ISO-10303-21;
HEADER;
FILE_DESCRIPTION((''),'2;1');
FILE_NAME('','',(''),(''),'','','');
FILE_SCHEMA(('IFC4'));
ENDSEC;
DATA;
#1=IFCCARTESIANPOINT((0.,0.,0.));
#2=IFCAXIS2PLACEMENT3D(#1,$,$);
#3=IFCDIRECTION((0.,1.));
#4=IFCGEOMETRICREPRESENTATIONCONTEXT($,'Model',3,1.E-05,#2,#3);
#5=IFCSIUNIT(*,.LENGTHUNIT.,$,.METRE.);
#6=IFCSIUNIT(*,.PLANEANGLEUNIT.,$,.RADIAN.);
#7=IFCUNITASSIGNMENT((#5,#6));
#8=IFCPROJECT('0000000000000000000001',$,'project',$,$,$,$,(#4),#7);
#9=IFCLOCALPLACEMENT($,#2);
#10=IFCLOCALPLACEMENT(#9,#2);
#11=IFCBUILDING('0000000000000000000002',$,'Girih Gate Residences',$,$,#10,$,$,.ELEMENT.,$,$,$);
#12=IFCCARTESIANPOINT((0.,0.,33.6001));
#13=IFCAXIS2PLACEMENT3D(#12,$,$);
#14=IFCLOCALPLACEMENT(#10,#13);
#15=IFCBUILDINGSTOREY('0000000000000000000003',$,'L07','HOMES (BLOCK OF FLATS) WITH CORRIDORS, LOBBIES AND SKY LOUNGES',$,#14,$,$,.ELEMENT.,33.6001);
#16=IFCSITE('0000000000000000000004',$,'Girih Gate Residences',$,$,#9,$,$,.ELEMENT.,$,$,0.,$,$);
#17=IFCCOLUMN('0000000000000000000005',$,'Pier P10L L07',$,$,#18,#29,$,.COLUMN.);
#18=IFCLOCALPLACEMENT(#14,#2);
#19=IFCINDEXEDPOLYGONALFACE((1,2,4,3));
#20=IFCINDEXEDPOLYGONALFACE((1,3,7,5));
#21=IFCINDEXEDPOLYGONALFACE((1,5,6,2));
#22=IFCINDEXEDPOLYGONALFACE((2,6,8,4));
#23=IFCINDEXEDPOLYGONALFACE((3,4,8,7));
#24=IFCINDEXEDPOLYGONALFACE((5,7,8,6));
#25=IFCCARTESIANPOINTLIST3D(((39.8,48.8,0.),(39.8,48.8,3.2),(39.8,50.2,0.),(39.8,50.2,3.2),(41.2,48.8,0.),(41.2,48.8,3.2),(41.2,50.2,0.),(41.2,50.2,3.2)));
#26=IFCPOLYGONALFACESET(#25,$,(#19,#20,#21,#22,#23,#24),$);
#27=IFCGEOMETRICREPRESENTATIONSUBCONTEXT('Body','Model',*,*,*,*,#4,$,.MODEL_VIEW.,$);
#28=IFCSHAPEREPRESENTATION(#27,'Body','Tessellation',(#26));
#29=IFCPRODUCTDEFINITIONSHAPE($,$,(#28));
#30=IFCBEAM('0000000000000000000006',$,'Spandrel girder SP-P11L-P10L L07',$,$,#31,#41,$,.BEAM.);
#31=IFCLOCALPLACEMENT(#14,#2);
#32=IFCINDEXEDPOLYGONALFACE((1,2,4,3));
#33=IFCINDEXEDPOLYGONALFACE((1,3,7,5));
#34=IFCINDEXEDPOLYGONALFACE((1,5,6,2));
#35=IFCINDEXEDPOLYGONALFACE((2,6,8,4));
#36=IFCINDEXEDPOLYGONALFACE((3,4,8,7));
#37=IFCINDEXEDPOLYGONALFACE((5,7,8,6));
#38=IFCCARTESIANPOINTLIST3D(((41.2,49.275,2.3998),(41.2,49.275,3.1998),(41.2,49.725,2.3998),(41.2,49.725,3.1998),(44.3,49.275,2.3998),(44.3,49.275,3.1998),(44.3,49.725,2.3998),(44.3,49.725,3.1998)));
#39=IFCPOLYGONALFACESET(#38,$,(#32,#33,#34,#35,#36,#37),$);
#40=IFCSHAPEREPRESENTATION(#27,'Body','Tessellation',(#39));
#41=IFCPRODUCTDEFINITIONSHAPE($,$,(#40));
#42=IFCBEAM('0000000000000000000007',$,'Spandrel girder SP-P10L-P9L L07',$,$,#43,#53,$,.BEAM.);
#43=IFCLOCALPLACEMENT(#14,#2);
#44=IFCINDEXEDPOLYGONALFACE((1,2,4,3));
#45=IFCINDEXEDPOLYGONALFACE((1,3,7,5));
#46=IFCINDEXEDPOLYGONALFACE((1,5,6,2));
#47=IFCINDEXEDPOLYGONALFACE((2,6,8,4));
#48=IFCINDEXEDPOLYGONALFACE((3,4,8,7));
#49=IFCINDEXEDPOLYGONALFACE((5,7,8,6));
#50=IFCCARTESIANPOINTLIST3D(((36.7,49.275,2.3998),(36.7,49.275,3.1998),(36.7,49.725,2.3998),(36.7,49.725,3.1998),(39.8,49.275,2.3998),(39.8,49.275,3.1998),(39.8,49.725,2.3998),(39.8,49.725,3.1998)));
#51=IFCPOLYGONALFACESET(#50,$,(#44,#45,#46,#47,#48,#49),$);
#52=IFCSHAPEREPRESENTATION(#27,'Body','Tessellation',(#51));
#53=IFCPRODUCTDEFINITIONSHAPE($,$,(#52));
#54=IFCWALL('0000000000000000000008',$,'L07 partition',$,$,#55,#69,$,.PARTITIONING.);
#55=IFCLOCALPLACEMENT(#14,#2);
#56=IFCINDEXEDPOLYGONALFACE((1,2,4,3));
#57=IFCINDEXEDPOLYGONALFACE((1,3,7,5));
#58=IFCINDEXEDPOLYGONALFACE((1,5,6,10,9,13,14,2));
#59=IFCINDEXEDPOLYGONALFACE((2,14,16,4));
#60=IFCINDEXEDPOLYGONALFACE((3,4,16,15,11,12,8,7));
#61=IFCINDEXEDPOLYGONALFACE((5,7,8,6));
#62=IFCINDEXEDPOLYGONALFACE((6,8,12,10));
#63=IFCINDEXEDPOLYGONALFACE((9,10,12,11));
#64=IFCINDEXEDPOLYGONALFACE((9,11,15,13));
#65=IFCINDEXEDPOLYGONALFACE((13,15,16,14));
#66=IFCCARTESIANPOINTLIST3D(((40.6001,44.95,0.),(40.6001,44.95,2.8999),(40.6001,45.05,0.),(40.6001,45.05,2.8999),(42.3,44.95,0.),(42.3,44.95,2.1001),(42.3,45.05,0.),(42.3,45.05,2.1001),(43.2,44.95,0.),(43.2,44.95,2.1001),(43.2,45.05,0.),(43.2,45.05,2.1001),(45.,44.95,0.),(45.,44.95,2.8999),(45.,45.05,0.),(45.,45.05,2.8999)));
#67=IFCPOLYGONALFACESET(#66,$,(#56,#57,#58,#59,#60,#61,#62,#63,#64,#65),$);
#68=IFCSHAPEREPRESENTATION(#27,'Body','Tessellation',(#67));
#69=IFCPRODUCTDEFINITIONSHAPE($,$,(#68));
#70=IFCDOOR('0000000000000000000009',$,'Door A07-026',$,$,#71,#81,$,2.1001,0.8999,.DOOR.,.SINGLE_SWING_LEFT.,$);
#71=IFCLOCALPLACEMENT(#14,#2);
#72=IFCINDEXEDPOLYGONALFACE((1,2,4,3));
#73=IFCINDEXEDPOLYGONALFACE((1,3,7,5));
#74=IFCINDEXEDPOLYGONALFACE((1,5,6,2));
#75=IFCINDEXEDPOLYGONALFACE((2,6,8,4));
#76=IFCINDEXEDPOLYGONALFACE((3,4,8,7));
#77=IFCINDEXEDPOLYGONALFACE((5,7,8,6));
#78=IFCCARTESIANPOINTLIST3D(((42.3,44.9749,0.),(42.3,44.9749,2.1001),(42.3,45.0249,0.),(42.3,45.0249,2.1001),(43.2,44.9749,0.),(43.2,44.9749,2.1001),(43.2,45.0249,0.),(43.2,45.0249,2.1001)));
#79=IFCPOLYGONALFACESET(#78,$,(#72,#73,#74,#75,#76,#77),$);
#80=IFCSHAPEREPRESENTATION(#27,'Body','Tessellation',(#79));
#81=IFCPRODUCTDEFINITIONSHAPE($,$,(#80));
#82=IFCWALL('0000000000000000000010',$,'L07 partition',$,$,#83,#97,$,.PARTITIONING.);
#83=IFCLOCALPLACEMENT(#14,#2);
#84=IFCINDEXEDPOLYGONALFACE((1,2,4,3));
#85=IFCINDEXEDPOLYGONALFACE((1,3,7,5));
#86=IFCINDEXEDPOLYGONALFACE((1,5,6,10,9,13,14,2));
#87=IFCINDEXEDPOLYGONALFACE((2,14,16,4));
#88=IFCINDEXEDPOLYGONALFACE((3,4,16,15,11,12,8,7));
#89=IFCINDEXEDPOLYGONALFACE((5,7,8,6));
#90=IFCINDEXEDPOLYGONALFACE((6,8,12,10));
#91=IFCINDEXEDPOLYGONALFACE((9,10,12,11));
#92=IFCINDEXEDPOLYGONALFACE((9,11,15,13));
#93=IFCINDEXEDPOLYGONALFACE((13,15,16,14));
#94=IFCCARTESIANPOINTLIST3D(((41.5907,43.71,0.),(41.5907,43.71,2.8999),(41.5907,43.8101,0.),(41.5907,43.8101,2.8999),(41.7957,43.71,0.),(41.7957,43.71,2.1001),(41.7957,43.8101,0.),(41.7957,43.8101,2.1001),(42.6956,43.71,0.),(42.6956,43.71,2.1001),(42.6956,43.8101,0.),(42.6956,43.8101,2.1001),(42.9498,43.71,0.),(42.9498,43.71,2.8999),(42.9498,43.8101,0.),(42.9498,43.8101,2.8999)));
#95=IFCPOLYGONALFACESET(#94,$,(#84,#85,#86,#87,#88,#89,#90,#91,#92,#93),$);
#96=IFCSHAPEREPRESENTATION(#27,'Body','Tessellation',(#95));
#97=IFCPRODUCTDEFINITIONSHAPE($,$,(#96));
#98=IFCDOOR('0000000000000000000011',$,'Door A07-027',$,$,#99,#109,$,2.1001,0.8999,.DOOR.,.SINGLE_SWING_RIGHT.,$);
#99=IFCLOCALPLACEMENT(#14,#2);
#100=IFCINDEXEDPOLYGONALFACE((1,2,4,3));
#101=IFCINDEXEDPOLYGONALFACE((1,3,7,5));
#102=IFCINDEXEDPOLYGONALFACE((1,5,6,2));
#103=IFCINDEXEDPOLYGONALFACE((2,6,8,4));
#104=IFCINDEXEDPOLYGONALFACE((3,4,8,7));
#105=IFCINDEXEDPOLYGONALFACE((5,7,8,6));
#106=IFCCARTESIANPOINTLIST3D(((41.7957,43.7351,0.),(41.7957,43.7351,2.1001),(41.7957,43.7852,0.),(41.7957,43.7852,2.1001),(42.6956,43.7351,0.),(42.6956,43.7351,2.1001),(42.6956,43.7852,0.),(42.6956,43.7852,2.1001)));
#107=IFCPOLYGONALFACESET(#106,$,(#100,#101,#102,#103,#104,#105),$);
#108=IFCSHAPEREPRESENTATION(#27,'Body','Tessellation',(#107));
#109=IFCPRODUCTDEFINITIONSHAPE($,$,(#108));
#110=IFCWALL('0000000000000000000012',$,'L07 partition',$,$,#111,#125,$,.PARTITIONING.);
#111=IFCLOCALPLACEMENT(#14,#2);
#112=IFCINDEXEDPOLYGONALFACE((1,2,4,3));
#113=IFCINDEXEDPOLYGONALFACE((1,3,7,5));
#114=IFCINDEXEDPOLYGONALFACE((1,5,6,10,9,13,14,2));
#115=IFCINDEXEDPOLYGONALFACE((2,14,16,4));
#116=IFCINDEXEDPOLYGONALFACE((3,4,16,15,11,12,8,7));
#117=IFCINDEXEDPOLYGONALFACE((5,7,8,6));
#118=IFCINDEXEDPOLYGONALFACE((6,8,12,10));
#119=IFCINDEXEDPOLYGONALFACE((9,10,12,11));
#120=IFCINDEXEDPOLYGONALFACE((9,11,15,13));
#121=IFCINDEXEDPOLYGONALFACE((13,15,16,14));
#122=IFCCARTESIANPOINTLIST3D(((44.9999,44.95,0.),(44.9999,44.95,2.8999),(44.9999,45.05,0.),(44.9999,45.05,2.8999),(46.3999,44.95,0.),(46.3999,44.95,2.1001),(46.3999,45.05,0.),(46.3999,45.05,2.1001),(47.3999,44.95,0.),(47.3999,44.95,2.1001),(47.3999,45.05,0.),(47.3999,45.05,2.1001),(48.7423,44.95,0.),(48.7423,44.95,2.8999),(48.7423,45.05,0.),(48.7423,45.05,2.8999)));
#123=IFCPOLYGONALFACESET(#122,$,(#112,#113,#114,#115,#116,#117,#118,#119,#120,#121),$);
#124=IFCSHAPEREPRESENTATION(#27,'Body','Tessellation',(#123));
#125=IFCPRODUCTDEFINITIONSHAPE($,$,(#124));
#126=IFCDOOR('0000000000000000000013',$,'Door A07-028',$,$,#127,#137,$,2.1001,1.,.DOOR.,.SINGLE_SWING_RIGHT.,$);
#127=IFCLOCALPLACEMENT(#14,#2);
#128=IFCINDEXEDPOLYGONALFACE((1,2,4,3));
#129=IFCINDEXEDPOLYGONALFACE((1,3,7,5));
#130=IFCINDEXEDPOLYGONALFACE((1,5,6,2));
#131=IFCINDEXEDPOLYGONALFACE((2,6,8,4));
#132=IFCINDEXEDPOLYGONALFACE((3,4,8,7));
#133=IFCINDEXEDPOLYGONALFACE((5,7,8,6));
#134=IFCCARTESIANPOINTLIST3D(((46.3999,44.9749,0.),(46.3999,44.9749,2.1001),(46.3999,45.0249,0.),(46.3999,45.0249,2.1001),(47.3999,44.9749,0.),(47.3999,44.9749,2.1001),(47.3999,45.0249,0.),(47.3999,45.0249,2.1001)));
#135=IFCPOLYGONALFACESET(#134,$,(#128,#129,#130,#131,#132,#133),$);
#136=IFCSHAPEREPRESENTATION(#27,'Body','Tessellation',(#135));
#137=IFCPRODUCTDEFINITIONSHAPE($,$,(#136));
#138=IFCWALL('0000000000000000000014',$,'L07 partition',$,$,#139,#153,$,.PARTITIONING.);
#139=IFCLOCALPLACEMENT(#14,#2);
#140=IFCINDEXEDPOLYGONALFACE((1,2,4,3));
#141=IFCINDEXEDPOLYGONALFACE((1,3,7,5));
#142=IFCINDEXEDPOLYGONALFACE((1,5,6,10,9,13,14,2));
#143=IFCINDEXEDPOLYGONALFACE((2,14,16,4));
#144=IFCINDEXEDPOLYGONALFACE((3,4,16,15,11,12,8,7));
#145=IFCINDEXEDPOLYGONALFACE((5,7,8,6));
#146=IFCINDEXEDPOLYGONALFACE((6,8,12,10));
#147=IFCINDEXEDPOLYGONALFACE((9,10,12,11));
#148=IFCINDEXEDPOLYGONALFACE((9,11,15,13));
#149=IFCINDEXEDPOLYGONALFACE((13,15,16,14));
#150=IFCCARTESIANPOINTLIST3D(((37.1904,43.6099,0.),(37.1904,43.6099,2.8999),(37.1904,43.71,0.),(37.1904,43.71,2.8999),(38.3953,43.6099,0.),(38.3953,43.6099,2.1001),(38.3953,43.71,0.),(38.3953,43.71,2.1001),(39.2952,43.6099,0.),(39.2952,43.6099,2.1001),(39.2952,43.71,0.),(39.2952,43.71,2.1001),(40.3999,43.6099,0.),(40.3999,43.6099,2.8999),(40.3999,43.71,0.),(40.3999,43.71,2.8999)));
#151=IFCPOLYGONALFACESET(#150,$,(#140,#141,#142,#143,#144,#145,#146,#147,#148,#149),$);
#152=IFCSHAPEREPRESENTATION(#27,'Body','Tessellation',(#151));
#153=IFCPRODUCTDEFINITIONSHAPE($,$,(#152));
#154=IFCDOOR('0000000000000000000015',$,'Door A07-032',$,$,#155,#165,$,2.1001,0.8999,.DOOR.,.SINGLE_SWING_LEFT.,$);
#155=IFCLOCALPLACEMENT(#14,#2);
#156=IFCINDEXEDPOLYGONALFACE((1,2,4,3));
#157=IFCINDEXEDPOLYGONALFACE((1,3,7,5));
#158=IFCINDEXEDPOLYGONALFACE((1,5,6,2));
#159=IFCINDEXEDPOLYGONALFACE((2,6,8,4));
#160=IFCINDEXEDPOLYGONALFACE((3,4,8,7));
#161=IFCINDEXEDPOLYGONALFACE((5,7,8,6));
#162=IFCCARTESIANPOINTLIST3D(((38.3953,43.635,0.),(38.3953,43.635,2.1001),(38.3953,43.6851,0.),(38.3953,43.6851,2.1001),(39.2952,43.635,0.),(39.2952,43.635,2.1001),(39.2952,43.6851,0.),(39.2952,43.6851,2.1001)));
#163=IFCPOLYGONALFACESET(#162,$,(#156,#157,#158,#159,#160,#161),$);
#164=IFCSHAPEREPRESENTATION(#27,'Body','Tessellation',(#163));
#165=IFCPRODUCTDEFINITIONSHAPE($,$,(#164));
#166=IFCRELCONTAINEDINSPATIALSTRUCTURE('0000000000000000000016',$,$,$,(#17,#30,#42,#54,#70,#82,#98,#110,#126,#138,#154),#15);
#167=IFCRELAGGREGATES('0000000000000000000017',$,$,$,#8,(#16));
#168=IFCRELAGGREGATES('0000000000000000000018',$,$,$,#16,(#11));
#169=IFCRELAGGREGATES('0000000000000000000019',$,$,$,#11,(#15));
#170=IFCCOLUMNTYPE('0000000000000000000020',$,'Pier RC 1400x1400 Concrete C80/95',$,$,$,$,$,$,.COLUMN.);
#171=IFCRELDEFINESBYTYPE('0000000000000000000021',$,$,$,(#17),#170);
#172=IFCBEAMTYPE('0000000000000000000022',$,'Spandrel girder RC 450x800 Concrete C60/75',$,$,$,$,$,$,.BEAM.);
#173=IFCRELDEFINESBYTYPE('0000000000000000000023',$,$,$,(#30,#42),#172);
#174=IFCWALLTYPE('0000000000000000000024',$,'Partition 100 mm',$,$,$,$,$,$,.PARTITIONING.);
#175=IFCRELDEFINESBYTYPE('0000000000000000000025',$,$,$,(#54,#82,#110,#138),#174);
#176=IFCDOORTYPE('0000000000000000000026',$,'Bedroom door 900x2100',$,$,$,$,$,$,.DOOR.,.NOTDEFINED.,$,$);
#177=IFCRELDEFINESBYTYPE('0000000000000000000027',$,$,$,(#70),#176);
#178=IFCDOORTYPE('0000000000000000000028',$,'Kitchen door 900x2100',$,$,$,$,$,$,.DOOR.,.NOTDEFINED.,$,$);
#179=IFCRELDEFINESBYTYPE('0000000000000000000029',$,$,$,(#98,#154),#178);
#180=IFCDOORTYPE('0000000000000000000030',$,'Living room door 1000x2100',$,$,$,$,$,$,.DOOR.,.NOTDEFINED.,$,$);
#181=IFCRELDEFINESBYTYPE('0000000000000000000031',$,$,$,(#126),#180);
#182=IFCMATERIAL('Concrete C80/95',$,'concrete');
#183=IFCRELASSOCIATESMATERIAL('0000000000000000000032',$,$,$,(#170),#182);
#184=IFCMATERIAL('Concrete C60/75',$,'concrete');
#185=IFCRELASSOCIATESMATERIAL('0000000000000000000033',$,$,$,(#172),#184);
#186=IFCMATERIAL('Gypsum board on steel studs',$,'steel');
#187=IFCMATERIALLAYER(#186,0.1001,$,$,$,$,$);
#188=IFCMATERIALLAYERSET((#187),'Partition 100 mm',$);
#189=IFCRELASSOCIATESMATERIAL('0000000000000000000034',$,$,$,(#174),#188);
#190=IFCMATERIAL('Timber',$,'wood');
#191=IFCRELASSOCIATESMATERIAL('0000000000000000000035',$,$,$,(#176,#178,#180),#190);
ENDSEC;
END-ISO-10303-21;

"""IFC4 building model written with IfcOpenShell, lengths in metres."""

from ifc_helpers import new_model, si_unit, direction, frame, frame_2d, origin, origin_2d, place, context, subcontext, project, spatial, rectangle, extrude, material, layer, layer_set, material_profile, profile_set, type_object, element, fill, save


model = new_model("IFC4")

# Units and contexts
model_context = context("Model", 3, precision=1e-05, world=origin(), true_north=direction((0.0, 1.0)))
body_context = subcontext(model_context, "Body", "Model", "MODEL_VIEW")
ifc_project = project(units=[si_unit("LENGTHUNIT", "METRE"), si_unit("PLANEANGLEUNIT", "RADIAN")], contexts=[model_context])

# Site, building, storey
site_placement = place(None, origin())
site = spatial("IfcSite", under=ifc_project, at=site_placement, Name="Girih Gate Residences", CompositionType="ELEMENT", RefElevation=0.0)
building_placement = place(site_placement, origin())
building = spatial("IfcBuilding", under=site, at=building_placement, Name="Girih Gate Residences", CompositionType="ELEMENT")
storey_placement = place(building_placement, frame((0.0, 0.0, 33.6001)))
storey = spatial("IfcBuildingStorey", under=building, at=storey_placement, Name="L07", Description="HOMES (BLOCK OF FLATS) WITH CORRIDORS, LOBBIES AND SKY LOUNGES", CompositionType="ELEMENT", Elevation=33.6001)

# Column
ifc_material_1 = material(Name="Concrete C80/95", Category="concrete")
ifc_material_profile_1 = material_profile(ifc_material_1, rectangle(XDim=1.3999, YDim=1.3999, at=origin_2d()))
ifc_profile_set_1 = profile_set([ifc_material_profile_1], Name="Concrete C80/95")
column_type = type_object("IfcColumnType", Name="Pier RC 1400x1400 Concrete C80/95", PredefinedType="COLUMN", material=ifc_profile_set_1)
column_placement = place(storey_placement, frame((40.5, 49.5, 0.0), z_axis=(0.0, 0.0, 1.0), x_axis=(1.0, 0.0, 0.0)))
element("IfcColumn", 1, at=column_placement, inside=storey, type_object=column_type, Name="Pier P10L L07", PredefinedType="COLUMN", context=body_context, shape_type="SweptSolid", body=[
    extrude(rectangle(XDim=1.3999, YDim=1.3999, at=origin_2d()), origin(), (0.0, 0.0, 1.0), 3.2),
])

# Beams
ifc_material_2 = material(Name="Concrete C60/75", Category="concrete")
ifc_material_profile_2 = material_profile(ifc_material_2, rectangle(XDim=0.45, YDim=0.8, at=origin_2d()))
ifc_profile_set_2 = profile_set([ifc_material_profile_2], Name="Concrete C60/75")
beam_type = type_object("IfcBeamType", Name="Spandrel girder RC 450x800 Concrete C60/75", PredefinedType="BEAM", material=ifc_profile_set_2)
for number, where, z_axis, x_axis, name in (
    (2, (44.3, 49.5, 2.7998), (-1.0, 0.0, 0.0), (0.0, -1.0, 0.0), "Spandrel girder SP-P11L-P10L L07"),
    (3, (39.8, 49.5, 2.7998), (-1.0, 0.0, 0.0), (0.0, -1.0, 0.0), "Spandrel girder SP-P10L-P9L L07"),
):
    element("IfcBeam", number, at=place(storey_placement, frame(where, z_axis=z_axis, x_axis=x_axis)), inside=storey, type_object=beam_type, Name=name, PredefinedType="BEAM", context=body_context, shape_type="SweptSolid", body=[
        extrude(rectangle(XDim=0.45, YDim=0.8, at=origin_2d()), origin(), (0.0, 0.0, 1.0), 3.1001),
    ])

# Walls, openings, doors
ifc_material_3 = material(Name="Gypsum board on steel studs", Category="steel")
ifc_layer_1 = layer(ifc_material_3, 0.1001)
ifc_layer_set_1 = layer_set([ifc_layer_1], Name="Partition 100 mm")
wall_type_1 = type_object("IfcWallType", Name="Partition 100 mm", PredefinedType="PARTITIONING", material=ifc_layer_set_1)
wall_1_placement = place(storey_placement, frame((40.6001, 45.0, 0.0), z_axis=(0.0, 0.0, 1.0), x_axis=(1.0, 0.0, 0.0)))
wall_1 = element("IfcWall", 4, at=wall_1_placement, inside=storey, type_object=wall_type_1, Name="L07 partition", PredefinedType="PARTITIONING", context=body_context, shape_type="SweptSolid", body=[
    extrude(rectangle(XDim=4.3999, YDim=0.1001, at=frame_2d((2.2, 0.0))), origin(), (0.0, 0.0, 1.0), 2.8999),
])
opening_1_placement = place(wall_1_placement, frame((1.7, 0.0, 0.0)))
opening_1 = element("IfcOpeningElement", 5, at=opening_1_placement, cuts=wall_1, PredefinedType="OPENING", context=body_context, shape_type="SweptSolid", body=[
    extrude(rectangle(XDim=0.8999, YDim=2.1001, at=frame_2d((0.45, 1.05))), frame((0.0, 0.0601, 0.0), z_axis=(0.0, -1.0, 0.0), x_axis=(1.0, 0.0, 0.0)), (0.0, 0.0, 1.0), 0.1201),
])
ifc_material_4 = material(Name="Timber", Category="wood")
door_type_1 = type_object("IfcDoorType", Name="Bedroom door 900x2100", OperationType="NOTDEFINED", PredefinedType="DOOR", material=ifc_material_4)
door_1_placement = place(opening_1_placement, origin())
door_1 = element("IfcDoor", 6, at=door_1_placement, inside=storey, type_object=door_type_1, Name="Door A07-026", OperationType="SINGLE_SWING_LEFT", OverallHeight=2.1001, OverallWidth=0.8999, PredefinedType="DOOR", context=body_context, shape_type="SweptSolid", body=[
    extrude(rectangle(XDim=0.8999, YDim=2.1001, at=frame_2d((0.45, 1.05))), frame((0.0, 0.0249, 0.0), z_axis=(0.0, -1.0, 0.0), x_axis=(1.0, 0.0, 0.0)), (0.0, 0.0, 1.0), 0.05),
])
fill(opening_1, door_1)
wall_2_placement = place(storey_placement, frame((42.95, 43.76, 0.0), z_axis=(0.0, 0.0, 1.0), x_axis=(-1.0, 0.0, 0.0)))
wall_2 = element("IfcWall", 7, at=wall_2_placement, inside=storey, type_object=wall_type_1, Name="L07 partition", PredefinedType="PARTITIONING", context=body_context, shape_type="SweptSolid", body=[
    extrude(rectangle(XDim=1.3591, YDim=0.1001, at=frame_2d((0.6797, 0.0))), origin(), (0.0, 0.0, 1.0), 2.8999),
])
opening_2_placement = place(wall_2_placement, frame((0.2544, 0.0, 0.0)))
opening_2 = element("IfcOpeningElement", 8, at=opening_2_placement, cuts=wall_2, PredefinedType="OPENING", context=body_context, shape_type="SweptSolid", body=[
    extrude(rectangle(XDim=0.8999, YDim=2.1001, at=frame_2d((0.45, 1.05))), frame((0.0, 0.0601, 0.0), z_axis=(0.0, -1.0, 0.0), x_axis=(1.0, 0.0, 0.0)), (0.0, 0.0, 1.0), 0.1201),
])
door_type_2 = type_object("IfcDoorType", Name="Kitchen door 900x2100", OperationType="NOTDEFINED", PredefinedType="DOOR", material=ifc_material_4)
door_2_placement = place(opening_2_placement, origin())
door_2 = element("IfcDoor", 9, at=door_2_placement, inside=storey, type_object=door_type_2, Name="Door A07-027", OperationType="SINGLE_SWING_RIGHT", OverallHeight=2.1001, OverallWidth=0.8999, PredefinedType="DOOR", context=body_context, shape_type="SweptSolid", body=[
    extrude(rectangle(XDim=0.8999, YDim=2.1001, at=frame_2d((0.45, 1.05))), frame((0.0, 0.0249, 0.0), z_axis=(0.0, -1.0, 0.0), x_axis=(1.0, 0.0, 0.0)), (0.0, 0.0, 1.0), 0.05),
])
fill(opening_2, door_2)
wall_3_placement = place(storey_placement, frame((45.0, 45.0, 0.0), z_axis=(0.0, 0.0, 1.0), x_axis=(1.0, 0.0, 0.0)))
wall_3 = element("IfcWall", 10, at=wall_3_placement, inside=storey, type_object=wall_type_1, Name="L07 partition", PredefinedType="PARTITIONING", context=body_context, shape_type="SweptSolid", body=[
    extrude(rectangle(XDim=3.7424, YDim=0.1001, at=frame_2d((1.8711, 0.0))), origin(), (0.0, 0.0, 1.0), 2.8999),
])
opening_3_placement = place(wall_3_placement, frame((1.3999, 0.0, 0.0)))
opening_3 = element("IfcOpeningElement", 11, at=opening_3_placement, cuts=wall_3, PredefinedType="OPENING", context=body_context, shape_type="SweptSolid", body=[
    extrude(rectangle(XDim=1.0, YDim=2.1001, at=frame_2d((0.5, 1.05))), frame((0.0, 0.0601, 0.0), z_axis=(0.0, -1.0, 0.0), x_axis=(1.0, 0.0, 0.0)), (0.0, 0.0, 1.0), 0.1201),
])
door_type_3 = type_object("IfcDoorType", Name="Living room door 1000x2100", OperationType="NOTDEFINED", PredefinedType="DOOR", material=ifc_material_4)
door_3_placement = place(opening_3_placement, origin())
door_3 = element("IfcDoor", 12, at=door_3_placement, inside=storey, type_object=door_type_3, Name="Door A07-028", OperationType="SINGLE_SWING_RIGHT", OverallHeight=2.1001, OverallWidth=1.0, PredefinedType="DOOR", context=body_context, shape_type="SweptSolid", body=[
    extrude(rectangle(XDim=1.0, YDim=2.1001, at=frame_2d((0.5, 1.05))), frame((0.0, 0.0249, 0.0), z_axis=(0.0, -1.0, 0.0), x_axis=(1.0, 0.0, 0.0)), (0.0, 0.0, 1.0), 0.05),
])
fill(opening_3, door_3)
wall_4_placement = place(storey_placement, frame((40.3999, 43.6599, 0.0), z_axis=(0.0, 0.0, 1.0), x_axis=(-1.0, 0.0, 0.0)))
wall_4 = element("IfcWall", 13, at=wall_4_placement, inside=storey, type_object=wall_type_1, Name="L07 partition", PredefinedType="PARTITIONING", context=body_context, shape_type="SweptSolid", body=[
    extrude(rectangle(XDim=3.2095, YDim=0.1001, at=frame_2d((1.6047, 0.0))), origin(), (0.0, 0.0, 1.0), 2.8999),
])
opening_4_placement = place(wall_4_placement, frame((1.1047, 0.0, 0.0)))
opening_4 = element("IfcOpeningElement", 14, at=opening_4_placement, cuts=wall_4, PredefinedType="OPENING", context=body_context, shape_type="SweptSolid", body=[
    extrude(rectangle(XDim=0.8999, YDim=2.1001, at=frame_2d((0.45, 1.05))), frame((0.0, 0.0601, 0.0), z_axis=(0.0, -1.0, 0.0), x_axis=(1.0, 0.0, 0.0)), (0.0, 0.0, 1.0), 0.1201),
])
door_4_placement = place(opening_4_placement, origin())
door_4 = element("IfcDoor", 15, at=door_4_placement, inside=storey, type_object=door_type_2, Name="Door A07-032", OperationType="SINGLE_SWING_LEFT", OverallHeight=2.1001, OverallWidth=0.8999, PredefinedType="DOOR", context=body_context, shape_type="SweptSolid", body=[
    extrude(rectangle(XDim=0.8999, YDim=2.1001, at=frame_2d((0.45, 1.05))), frame((0.0, 0.0249, 0.0), z_axis=(0.0, -1.0, 0.0), x_axis=(1.0, 0.0, 0.0)), (0.0, 0.0, 1.0), 0.05),
])
fill(opening_4, door_4)

save(model, "model.ifc")
